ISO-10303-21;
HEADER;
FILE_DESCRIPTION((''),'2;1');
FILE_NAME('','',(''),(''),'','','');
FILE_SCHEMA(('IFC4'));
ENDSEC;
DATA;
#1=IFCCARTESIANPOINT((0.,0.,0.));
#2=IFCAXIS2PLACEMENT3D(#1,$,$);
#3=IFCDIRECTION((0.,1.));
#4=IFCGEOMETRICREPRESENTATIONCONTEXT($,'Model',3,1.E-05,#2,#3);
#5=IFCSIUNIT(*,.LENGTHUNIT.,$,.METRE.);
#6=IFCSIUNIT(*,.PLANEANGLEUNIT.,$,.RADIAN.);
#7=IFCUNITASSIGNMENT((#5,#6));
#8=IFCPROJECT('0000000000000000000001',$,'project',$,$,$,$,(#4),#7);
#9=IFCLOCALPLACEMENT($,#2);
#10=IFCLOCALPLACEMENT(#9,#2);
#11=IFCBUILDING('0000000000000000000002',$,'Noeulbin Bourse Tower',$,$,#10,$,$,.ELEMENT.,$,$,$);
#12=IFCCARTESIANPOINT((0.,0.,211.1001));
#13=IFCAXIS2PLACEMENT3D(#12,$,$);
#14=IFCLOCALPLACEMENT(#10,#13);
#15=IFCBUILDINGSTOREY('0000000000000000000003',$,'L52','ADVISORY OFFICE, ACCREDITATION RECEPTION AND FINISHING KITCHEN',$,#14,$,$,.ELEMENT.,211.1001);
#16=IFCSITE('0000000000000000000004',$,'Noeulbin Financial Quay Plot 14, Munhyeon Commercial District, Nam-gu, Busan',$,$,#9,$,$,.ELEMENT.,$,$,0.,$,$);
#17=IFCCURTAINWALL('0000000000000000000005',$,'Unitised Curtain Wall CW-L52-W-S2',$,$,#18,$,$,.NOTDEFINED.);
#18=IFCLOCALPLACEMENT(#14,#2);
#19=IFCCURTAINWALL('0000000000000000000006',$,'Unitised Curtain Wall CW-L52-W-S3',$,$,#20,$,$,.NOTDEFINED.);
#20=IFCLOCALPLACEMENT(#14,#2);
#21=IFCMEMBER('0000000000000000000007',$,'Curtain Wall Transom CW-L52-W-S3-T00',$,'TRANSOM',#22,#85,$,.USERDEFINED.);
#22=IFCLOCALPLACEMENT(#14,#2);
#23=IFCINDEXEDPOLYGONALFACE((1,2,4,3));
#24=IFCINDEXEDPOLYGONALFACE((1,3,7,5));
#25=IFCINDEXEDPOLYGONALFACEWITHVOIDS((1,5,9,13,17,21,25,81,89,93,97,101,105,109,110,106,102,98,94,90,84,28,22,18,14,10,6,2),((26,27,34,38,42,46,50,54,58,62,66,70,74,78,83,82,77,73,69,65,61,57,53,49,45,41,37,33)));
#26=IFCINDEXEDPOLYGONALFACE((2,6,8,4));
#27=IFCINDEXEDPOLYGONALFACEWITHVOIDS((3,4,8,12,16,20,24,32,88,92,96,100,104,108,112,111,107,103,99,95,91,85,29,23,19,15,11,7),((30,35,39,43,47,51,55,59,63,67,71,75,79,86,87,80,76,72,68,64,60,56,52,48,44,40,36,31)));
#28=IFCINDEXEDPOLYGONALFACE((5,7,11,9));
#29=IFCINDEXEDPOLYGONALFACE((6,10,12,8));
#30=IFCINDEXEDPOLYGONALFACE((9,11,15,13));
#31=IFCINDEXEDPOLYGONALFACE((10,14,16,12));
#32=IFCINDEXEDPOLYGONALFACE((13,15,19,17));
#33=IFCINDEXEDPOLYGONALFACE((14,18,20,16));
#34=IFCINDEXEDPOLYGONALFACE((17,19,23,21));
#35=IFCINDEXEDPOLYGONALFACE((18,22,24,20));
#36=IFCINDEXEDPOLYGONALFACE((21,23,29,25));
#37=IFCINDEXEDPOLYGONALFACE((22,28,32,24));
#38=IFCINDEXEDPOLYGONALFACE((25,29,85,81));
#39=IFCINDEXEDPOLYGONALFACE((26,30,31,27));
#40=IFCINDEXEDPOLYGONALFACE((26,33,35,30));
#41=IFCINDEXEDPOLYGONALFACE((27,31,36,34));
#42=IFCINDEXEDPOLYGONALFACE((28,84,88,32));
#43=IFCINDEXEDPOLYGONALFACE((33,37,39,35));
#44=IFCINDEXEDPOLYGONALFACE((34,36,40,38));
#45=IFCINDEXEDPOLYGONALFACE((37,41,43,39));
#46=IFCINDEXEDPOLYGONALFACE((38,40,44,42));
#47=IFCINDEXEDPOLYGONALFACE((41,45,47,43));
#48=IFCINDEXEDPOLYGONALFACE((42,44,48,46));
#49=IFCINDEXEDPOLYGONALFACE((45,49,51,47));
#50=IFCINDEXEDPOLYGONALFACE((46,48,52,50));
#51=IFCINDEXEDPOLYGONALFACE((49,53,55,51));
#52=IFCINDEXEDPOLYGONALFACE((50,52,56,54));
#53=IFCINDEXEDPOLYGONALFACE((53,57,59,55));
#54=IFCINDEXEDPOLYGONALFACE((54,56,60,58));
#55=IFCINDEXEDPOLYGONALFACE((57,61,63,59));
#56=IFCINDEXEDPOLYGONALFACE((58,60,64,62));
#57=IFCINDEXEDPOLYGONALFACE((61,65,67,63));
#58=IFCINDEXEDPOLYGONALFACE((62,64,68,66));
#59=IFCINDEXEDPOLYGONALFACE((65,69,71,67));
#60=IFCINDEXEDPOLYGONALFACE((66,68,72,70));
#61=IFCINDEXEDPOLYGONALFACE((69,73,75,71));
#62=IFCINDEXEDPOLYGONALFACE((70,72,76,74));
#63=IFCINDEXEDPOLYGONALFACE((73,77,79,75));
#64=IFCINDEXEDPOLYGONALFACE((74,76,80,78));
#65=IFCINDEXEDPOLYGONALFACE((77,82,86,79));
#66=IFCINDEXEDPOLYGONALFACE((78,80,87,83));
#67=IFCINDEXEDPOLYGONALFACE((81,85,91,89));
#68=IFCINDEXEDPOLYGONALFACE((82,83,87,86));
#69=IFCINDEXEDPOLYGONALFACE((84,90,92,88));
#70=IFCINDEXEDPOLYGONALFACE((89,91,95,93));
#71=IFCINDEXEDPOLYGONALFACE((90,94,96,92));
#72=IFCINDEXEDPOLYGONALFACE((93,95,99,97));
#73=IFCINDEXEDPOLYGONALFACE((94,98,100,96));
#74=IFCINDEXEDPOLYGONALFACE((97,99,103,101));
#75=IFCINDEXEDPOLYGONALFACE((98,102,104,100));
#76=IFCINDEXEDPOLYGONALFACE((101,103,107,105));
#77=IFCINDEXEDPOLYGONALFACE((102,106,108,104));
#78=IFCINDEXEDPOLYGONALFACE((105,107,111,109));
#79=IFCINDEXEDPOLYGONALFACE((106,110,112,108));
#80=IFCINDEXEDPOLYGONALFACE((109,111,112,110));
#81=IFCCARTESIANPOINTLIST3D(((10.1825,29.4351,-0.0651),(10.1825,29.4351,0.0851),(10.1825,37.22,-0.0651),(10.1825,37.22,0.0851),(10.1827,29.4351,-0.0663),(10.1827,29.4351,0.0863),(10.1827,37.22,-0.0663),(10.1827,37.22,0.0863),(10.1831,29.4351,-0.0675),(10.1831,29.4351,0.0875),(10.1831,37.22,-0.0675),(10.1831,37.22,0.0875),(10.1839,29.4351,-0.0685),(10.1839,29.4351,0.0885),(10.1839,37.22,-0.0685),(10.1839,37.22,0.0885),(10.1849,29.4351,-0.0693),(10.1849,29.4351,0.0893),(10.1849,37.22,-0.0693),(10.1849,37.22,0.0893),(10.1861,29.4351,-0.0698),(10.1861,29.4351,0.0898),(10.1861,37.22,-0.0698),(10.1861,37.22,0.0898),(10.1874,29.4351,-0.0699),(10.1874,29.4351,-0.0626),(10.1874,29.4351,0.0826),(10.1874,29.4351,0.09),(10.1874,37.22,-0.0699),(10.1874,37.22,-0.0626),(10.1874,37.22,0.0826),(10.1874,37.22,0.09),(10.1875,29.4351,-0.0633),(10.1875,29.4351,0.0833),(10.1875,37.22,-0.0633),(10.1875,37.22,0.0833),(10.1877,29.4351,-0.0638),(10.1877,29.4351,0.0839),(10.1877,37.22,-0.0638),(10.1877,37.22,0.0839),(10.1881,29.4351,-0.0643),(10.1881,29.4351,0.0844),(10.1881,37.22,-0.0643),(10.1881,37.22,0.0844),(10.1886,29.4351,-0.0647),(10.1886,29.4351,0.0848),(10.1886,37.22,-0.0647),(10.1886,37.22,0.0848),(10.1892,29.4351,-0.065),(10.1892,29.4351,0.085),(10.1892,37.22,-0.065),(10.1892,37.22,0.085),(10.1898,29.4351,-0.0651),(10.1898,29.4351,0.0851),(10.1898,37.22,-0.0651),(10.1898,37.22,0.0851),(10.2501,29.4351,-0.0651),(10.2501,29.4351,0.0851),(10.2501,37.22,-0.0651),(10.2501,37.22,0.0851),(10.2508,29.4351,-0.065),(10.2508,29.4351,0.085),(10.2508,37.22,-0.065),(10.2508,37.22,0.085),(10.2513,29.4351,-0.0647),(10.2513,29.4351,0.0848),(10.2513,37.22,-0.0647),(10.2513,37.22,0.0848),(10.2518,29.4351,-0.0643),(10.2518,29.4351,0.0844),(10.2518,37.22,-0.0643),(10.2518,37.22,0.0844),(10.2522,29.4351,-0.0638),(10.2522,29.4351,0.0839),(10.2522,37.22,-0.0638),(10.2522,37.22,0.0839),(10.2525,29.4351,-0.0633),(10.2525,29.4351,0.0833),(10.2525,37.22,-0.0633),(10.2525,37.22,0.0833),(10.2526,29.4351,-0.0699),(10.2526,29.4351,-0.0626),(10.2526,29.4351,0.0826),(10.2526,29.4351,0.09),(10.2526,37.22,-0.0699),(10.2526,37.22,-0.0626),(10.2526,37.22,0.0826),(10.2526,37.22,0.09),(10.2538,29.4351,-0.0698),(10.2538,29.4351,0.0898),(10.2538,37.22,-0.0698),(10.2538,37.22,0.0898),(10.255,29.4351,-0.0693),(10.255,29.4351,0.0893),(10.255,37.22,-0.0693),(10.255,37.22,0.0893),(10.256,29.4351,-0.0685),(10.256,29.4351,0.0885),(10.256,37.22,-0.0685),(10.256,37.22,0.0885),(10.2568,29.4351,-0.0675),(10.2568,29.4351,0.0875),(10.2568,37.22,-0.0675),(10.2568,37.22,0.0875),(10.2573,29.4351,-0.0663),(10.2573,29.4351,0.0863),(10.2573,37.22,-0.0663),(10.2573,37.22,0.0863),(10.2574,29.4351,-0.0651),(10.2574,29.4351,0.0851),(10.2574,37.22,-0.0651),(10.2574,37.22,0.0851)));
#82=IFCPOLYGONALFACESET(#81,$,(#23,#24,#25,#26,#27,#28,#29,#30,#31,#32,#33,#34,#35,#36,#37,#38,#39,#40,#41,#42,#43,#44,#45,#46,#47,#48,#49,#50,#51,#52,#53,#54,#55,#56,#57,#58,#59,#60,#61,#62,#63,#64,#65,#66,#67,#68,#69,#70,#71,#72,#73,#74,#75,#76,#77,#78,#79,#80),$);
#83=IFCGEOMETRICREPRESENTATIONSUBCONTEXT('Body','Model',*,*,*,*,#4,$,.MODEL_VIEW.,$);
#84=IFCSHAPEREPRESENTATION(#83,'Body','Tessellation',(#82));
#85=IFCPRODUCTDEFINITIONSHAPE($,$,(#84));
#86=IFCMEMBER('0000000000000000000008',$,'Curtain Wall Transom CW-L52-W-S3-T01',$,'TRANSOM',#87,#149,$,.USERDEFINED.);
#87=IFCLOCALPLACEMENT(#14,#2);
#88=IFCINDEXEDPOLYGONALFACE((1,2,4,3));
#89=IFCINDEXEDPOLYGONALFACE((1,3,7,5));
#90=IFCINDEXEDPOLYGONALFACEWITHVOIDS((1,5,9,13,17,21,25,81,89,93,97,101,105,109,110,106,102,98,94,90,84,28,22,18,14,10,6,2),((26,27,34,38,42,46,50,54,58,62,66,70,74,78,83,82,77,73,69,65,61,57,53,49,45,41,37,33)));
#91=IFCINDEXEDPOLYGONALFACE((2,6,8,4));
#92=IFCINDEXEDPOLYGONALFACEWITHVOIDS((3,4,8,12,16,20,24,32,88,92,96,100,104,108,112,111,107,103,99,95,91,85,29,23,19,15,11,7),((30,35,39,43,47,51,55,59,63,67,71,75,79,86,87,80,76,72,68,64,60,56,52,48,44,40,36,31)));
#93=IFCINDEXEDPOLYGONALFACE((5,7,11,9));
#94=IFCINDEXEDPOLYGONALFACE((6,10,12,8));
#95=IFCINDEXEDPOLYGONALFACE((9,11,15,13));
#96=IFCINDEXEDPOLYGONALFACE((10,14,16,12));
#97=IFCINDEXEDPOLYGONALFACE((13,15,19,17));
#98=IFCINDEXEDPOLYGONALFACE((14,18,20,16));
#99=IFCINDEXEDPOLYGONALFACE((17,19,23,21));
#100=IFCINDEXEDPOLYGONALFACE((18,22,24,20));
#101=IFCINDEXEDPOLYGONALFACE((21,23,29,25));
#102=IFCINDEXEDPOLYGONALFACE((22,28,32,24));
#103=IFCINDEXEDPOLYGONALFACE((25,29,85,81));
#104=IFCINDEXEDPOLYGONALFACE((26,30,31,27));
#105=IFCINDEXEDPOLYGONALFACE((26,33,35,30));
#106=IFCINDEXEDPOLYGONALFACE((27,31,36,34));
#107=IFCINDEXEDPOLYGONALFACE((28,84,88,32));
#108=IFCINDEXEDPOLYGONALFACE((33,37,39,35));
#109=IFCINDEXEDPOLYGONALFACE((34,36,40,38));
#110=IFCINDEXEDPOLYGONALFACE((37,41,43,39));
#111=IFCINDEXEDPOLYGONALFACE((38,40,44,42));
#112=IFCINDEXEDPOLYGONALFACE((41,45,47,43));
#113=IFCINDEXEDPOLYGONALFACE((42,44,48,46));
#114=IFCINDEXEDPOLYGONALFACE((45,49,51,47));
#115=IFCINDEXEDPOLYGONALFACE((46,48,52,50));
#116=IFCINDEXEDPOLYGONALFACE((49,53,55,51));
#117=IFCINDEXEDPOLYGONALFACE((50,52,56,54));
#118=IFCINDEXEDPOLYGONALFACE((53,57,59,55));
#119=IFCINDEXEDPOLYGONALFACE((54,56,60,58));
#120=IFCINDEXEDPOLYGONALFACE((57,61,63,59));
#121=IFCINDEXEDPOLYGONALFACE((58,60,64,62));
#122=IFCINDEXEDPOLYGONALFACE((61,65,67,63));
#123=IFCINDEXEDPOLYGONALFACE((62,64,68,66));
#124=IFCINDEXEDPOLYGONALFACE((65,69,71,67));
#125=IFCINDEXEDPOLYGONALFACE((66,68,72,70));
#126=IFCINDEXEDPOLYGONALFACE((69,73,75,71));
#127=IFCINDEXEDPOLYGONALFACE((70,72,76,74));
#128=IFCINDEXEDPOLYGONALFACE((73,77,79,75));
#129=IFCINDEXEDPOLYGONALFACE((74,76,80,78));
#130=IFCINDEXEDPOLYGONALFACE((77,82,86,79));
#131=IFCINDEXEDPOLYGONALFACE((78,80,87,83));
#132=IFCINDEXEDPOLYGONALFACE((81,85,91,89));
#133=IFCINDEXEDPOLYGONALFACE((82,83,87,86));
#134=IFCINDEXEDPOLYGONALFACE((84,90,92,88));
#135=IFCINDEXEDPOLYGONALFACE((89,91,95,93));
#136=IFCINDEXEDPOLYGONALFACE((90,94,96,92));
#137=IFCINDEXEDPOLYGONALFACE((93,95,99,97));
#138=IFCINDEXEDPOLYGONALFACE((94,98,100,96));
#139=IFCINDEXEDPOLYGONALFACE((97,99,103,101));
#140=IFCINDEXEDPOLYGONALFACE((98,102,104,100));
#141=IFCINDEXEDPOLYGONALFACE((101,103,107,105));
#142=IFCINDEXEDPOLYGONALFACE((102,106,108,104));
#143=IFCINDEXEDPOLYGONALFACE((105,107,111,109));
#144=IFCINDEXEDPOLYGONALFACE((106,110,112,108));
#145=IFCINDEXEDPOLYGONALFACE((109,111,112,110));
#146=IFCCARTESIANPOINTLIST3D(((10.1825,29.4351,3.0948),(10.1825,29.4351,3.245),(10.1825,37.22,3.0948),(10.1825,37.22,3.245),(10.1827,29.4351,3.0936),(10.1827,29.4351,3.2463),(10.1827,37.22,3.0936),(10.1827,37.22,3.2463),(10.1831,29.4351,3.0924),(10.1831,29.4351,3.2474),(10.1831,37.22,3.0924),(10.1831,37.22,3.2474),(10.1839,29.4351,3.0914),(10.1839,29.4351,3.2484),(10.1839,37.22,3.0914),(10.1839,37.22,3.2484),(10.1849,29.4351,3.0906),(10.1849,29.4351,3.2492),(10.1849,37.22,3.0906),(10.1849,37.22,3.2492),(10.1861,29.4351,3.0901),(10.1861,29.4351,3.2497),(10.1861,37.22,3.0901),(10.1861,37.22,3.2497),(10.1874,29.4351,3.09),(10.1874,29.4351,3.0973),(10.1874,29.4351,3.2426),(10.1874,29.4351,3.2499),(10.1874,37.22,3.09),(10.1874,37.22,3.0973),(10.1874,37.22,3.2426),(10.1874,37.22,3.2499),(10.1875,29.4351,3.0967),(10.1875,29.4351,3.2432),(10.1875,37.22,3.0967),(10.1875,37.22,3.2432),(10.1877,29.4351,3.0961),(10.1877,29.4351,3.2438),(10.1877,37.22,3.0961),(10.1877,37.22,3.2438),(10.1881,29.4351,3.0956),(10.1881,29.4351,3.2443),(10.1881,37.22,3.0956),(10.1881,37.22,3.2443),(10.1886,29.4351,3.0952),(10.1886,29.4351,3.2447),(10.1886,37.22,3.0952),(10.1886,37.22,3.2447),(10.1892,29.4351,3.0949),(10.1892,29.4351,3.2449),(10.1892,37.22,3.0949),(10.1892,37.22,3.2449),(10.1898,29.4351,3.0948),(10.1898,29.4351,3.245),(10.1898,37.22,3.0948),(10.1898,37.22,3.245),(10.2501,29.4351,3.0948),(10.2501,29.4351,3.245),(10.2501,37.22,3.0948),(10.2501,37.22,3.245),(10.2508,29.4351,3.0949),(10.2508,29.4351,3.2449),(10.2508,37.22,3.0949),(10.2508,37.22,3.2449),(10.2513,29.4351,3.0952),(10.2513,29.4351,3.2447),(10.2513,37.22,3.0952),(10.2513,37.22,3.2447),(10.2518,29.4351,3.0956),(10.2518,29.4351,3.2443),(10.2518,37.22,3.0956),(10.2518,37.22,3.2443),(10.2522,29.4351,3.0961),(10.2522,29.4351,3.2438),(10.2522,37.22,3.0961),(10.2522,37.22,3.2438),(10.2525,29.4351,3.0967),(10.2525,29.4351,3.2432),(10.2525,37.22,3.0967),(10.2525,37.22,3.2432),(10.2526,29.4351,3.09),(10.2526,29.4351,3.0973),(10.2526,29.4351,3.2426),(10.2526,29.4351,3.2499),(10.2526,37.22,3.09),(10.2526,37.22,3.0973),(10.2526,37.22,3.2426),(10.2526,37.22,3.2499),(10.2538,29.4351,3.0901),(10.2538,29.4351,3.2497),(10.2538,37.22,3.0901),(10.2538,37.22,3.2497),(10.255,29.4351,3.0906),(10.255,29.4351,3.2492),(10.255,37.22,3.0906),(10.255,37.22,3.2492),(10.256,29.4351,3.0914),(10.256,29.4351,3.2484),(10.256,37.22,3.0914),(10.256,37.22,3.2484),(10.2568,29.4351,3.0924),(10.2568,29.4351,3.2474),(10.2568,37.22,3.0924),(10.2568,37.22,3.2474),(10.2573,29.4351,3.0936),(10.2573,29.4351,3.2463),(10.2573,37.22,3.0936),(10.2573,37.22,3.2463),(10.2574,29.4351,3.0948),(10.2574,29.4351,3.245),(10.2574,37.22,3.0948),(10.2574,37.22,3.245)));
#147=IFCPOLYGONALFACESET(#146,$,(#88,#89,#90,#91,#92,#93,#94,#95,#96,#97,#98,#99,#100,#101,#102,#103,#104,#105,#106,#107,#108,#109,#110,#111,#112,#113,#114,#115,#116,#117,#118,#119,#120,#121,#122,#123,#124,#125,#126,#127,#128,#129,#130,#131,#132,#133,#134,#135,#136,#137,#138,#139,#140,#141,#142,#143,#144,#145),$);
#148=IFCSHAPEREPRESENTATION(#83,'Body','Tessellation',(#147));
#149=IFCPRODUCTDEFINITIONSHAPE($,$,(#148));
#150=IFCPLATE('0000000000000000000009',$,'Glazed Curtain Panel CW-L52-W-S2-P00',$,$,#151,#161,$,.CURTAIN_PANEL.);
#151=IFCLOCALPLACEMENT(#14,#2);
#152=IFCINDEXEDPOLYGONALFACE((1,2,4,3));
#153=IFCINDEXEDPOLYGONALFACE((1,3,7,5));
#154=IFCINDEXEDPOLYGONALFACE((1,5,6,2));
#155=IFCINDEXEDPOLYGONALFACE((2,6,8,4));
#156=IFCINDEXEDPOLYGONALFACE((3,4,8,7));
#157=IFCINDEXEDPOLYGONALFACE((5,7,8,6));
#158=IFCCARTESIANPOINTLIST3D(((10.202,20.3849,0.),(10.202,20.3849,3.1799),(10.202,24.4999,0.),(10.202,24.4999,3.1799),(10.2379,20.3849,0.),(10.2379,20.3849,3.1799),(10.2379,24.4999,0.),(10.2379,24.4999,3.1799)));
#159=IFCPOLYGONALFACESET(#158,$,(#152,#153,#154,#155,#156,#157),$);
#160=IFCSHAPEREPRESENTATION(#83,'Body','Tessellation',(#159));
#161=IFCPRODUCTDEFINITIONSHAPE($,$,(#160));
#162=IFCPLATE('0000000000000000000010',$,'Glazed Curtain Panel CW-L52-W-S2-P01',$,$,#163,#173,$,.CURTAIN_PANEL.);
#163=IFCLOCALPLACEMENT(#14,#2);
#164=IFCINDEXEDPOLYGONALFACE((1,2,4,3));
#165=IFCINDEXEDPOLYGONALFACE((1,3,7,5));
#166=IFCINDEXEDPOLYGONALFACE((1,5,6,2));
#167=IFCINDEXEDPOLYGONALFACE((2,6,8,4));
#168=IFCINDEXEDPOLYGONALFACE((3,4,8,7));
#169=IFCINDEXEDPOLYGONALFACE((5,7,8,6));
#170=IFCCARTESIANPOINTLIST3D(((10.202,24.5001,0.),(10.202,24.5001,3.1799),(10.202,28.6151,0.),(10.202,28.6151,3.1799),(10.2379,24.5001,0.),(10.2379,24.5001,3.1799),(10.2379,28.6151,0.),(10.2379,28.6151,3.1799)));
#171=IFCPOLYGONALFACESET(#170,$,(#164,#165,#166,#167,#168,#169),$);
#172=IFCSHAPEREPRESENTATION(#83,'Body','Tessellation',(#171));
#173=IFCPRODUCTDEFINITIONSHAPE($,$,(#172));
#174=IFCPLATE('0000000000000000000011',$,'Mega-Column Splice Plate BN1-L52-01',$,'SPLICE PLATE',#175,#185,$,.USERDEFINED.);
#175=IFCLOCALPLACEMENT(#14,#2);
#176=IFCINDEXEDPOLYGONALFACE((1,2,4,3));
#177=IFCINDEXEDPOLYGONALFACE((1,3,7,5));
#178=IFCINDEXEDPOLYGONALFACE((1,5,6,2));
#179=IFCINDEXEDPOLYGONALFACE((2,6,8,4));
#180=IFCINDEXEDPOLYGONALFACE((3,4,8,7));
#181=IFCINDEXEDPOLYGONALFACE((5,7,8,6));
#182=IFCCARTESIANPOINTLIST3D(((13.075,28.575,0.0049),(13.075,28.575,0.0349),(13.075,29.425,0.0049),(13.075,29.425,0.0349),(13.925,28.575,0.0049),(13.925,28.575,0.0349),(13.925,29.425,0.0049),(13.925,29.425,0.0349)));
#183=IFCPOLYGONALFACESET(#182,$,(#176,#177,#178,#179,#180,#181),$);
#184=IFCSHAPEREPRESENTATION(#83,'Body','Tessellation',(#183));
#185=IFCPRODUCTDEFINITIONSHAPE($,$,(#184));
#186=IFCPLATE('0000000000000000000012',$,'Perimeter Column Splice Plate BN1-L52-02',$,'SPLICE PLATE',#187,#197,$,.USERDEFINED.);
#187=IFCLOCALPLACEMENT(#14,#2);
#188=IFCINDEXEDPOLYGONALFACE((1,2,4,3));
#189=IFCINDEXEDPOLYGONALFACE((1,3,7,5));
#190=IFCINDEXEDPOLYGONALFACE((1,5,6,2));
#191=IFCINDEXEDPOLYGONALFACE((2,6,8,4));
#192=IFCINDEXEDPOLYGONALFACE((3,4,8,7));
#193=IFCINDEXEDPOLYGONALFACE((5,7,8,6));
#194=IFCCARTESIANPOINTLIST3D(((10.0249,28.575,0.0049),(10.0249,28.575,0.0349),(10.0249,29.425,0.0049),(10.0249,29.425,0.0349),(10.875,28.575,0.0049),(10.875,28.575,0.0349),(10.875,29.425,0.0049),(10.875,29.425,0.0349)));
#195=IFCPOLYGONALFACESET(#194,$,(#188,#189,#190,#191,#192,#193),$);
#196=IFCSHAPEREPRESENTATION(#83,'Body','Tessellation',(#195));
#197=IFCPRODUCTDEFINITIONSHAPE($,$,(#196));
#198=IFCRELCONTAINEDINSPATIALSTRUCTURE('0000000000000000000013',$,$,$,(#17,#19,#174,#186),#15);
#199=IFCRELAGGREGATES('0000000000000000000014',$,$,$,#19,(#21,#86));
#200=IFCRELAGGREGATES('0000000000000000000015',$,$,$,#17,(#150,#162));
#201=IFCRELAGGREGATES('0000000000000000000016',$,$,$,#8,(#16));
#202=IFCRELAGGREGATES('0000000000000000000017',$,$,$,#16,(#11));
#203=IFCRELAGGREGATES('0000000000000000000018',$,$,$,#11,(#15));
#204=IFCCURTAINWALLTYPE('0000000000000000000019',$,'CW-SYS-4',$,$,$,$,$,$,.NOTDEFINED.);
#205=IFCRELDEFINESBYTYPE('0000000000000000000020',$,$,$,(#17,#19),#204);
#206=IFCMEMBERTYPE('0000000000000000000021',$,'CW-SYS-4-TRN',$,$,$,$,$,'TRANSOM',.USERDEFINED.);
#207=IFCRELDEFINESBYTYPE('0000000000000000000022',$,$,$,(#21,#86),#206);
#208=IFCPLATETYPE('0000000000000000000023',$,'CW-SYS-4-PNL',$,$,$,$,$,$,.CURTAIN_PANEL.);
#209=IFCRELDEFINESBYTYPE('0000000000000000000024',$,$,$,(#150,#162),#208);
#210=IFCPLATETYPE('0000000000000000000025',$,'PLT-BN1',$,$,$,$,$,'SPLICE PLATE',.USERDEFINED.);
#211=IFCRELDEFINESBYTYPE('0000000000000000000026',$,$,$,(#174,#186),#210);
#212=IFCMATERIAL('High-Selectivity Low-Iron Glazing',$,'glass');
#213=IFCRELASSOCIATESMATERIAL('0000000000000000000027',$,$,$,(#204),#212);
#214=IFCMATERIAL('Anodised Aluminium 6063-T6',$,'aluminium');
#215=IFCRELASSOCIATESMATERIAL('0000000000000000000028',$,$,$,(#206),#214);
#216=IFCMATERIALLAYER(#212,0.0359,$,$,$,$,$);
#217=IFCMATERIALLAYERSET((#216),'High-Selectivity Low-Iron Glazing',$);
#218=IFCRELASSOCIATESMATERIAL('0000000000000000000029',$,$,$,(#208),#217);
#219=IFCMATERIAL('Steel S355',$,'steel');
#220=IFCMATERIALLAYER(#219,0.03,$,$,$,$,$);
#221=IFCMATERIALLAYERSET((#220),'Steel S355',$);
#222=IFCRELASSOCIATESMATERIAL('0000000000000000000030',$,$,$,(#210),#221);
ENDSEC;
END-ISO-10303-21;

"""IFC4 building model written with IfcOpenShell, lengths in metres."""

from ifc_helpers import new_model, si_unit, direction, frame, origin, origin_2d, place, context, subcontext, project, spatial, rectangle, hollow_rectangle, extrude, material, layer, layer_set, material_profile, profile_set, type_object, element, aggregate, save


model = new_model("IFC4")

# Units and contexts
model_context = context("Model", 3, precision=1e-05, world=origin(), true_north=direction((0.0, 1.0)))
body_context = subcontext(model_context, "Body", "Model", "MODEL_VIEW")
ifc_project = project(units=[si_unit("LENGTHUNIT", "METRE"), si_unit("PLANEANGLEUNIT", "RADIAN")], contexts=[model_context])

# Site, building, storey
site_placement = place(None, origin())
site = spatial("IfcSite", under=ifc_project, at=site_placement, Name="Noeulbin Financial Quay Plot 14, Munhyeon Commercial District, Nam-gu, Busan", CompositionType="ELEMENT", RefElevation=0.0)
building_placement = place(site_placement, origin())
building = spatial("IfcBuilding", under=site, at=building_placement, Name="Noeulbin Bourse Tower", CompositionType="ELEMENT")
storey_placement = place(building_placement, frame((0.0, 0.0, 211.1001)))
storey = spatial("IfcBuildingStorey", under=building, at=storey_placement, Name="L52", Description="ADVISORY OFFICE, ACCREDITATION RECEPTION AND FINISHING KITCHEN", CompositionType="ELEMENT", Elevation=211.1001)

# Shared definitions
ifc_material_1 = material(Name="Steel S355", Category="steel")

# Curtain wall
ifc_material_2 = material(Name="High-Selectivity Low-Iron Glazing", Category="glass")
curtain_wall_type = type_object("IfcCurtainWallType", Name="CW-SYS-4", PredefinedType="NOTDEFINED", material=ifc_material_2)
curtain_wall_1_placement = place(storey_placement, origin())
curtain_wall_1 = element("IfcCurtainWall", 1, at=curtain_wall_1_placement, inside=storey, type_object=curtain_wall_type, Name="Unitised Curtain Wall CW-L52-W-S2", PredefinedType="NOTDEFINED")
ifc_material_3 = material(Name="Anodised Aluminium 6063-T6", Category="aluminium")

# Curtain wall
curtain_wall_2_placement = place(storey_placement, origin())
curtain_wall_2 = element("IfcCurtainWall", 2, at=curtain_wall_2_placement, inside=storey, type_object=curtain_wall_type, Name="Unitised Curtain Wall CW-L52-W-S3", PredefinedType="NOTDEFINED")

# Members
ifc_material_profile_1 = material_profile(ifc_material_3, hollow_rectangle(XDim=0.075, YDim=0.1599, WallThickness=0.0049, InnerFilletRadius=0.0024, OuterFilletRadius=0.0049, at=origin_2d()), Name="ALU-TRAN-75x160x5", Category="LoadBearing")
ifc_profile_set_1 = profile_set([ifc_material_profile_1], Name="Anodised Aluminium 6063-T6")
member_type_1 = type_object("IfcMemberType", Name="CW-SYS-4-TRN", ElementType="TRANSOM", PredefinedType="USERDEFINED", material=ifc_profile_set_1)
member_1_placement = place(storey_placement, frame((10.22, 29.4351, 0.01), z_axis=(0.0, 1.0, 0.0), x_axis=(-1.0, 0.0, 0.0)))
member_1 = element("IfcMember", 3, at=member_1_placement, type_object=member_type_1, Name="Curtain Wall Transom CW-L52-W-S3-T00", ObjectType="TRANSOM", PredefinedType="USERDEFINED", context=body_context, shape_type="SweptSolid", body=[
    extrude(hollow_rectangle(XDim=0.075, YDim=0.1599, WallThickness=0.0049, InnerFilletRadius=0.0024, OuterFilletRadius=0.0049, at=origin_2d()), origin(), (0.0, 0.0, 1.0), 7.7849),
])
member_2_placement = place(storey_placement, frame((10.22, 29.4351, 3.1699), z_axis=(0.0, 1.0, 0.0), x_axis=(-1.0, 0.0, 0.0)))
member_2 = element("IfcMember", 4, at=member_2_placement, type_object=member_type_1, Name="Curtain Wall Transom CW-L52-W-S3-T01", ObjectType="TRANSOM", PredefinedType="USERDEFINED", context=body_context, shape_type="SweptSolid", body=[
    extrude(hollow_rectangle(XDim=0.075, YDim=0.1599, WallThickness=0.0049, InnerFilletRadius=0.0024, OuterFilletRadius=0.0049, at=origin_2d()), origin(), (0.0, 0.0, 1.0), 7.7849),
])
aggregate(curtain_wall_2, [member_1, member_2])

# Plates
ifc_layer_1 = layer(ifc_material_2, 0.0359)
ifc_layer_set_1 = layer_set([ifc_layer_1], Name="High-Selectivity Low-Iron Glazing")
plate_type_1 = type_object("IfcPlateType", Name="CW-SYS-4-PNL", PredefinedType="CURTAIN_PANEL", material=ifc_layer_set_1)
plate_1_placement = place(storey_placement, frame((10.22, 22.4424, 0.0), z_axis=(0.0, 0.0, 1.0), x_axis=(0.0, 1.0, 0.0)))
plate_1 = element("IfcPlate", 5, at=plate_1_placement, type_object=plate_type_1, Name="Glazed Curtain Panel CW-L52-W-S2-P00", PredefinedType="CURTAIN_PANEL", context=body_context, shape_type="SweptSolid", body=[
    extrude(rectangle(XDim=4.115, YDim=0.0359, at=origin_2d()), origin(), (0.0, 0.0, 1.0), 3.1799),
])
plate_2_placement = place(storey_placement, frame((10.22, 26.5576, 0.0), z_axis=(0.0, 0.0, 1.0), x_axis=(0.0, 1.0, 0.0)))
plate_2 = element("IfcPlate", 6, at=plate_2_placement, type_object=plate_type_1, Name="Glazed Curtain Panel CW-L52-W-S2-P01", PredefinedType="CURTAIN_PANEL", context=body_context, shape_type="SweptSolid", body=[
    extrude(rectangle(XDim=4.115, YDim=0.0359, at=origin_2d()), origin(), (0.0, 0.0, 1.0), 3.1799),
])
aggregate(curtain_wall_1, [plate_1, plate_2])

# Plates
ifc_layer_2 = layer(ifc_material_1, 0.03)
ifc_layer_set_2 = layer_set([ifc_layer_2], Name="Steel S355")
plate_type_2 = type_object("IfcPlateType", Name="PLT-BN1", ElementType="SPLICE PLATE", PredefinedType="USERDEFINED", material=ifc_layer_set_2)
for number, where, z_axis, x_axis, name in (
    (7, (13.5, 29.0, 0.0049), (0.0, 0.0, 1.0), (1.0, 0.0, 0.0), "Mega-Column Splice Plate BN1-L52-01"),
    (8, (10.45, 29.0, 0.0049), (0.0, 0.0, 1.0), (1.0, 0.0, 0.0), "Perimeter Column Splice Plate BN1-L52-02"),
):
    element("IfcPlate", number, at=place(storey_placement, frame(where, z_axis=z_axis, x_axis=x_axis)), inside=storey, type_object=plate_type_2, Name=name, ObjectType="SPLICE PLATE", PredefinedType="USERDEFINED", context=body_context, shape_type="SweptSolid", body=[
        extrude(rectangle(XDim=0.8501, YDim=0.8501, at=origin_2d()), origin(), (0.0, 0.0, 1.0), 0.03),
    ])

save(model, "model.ifc")
